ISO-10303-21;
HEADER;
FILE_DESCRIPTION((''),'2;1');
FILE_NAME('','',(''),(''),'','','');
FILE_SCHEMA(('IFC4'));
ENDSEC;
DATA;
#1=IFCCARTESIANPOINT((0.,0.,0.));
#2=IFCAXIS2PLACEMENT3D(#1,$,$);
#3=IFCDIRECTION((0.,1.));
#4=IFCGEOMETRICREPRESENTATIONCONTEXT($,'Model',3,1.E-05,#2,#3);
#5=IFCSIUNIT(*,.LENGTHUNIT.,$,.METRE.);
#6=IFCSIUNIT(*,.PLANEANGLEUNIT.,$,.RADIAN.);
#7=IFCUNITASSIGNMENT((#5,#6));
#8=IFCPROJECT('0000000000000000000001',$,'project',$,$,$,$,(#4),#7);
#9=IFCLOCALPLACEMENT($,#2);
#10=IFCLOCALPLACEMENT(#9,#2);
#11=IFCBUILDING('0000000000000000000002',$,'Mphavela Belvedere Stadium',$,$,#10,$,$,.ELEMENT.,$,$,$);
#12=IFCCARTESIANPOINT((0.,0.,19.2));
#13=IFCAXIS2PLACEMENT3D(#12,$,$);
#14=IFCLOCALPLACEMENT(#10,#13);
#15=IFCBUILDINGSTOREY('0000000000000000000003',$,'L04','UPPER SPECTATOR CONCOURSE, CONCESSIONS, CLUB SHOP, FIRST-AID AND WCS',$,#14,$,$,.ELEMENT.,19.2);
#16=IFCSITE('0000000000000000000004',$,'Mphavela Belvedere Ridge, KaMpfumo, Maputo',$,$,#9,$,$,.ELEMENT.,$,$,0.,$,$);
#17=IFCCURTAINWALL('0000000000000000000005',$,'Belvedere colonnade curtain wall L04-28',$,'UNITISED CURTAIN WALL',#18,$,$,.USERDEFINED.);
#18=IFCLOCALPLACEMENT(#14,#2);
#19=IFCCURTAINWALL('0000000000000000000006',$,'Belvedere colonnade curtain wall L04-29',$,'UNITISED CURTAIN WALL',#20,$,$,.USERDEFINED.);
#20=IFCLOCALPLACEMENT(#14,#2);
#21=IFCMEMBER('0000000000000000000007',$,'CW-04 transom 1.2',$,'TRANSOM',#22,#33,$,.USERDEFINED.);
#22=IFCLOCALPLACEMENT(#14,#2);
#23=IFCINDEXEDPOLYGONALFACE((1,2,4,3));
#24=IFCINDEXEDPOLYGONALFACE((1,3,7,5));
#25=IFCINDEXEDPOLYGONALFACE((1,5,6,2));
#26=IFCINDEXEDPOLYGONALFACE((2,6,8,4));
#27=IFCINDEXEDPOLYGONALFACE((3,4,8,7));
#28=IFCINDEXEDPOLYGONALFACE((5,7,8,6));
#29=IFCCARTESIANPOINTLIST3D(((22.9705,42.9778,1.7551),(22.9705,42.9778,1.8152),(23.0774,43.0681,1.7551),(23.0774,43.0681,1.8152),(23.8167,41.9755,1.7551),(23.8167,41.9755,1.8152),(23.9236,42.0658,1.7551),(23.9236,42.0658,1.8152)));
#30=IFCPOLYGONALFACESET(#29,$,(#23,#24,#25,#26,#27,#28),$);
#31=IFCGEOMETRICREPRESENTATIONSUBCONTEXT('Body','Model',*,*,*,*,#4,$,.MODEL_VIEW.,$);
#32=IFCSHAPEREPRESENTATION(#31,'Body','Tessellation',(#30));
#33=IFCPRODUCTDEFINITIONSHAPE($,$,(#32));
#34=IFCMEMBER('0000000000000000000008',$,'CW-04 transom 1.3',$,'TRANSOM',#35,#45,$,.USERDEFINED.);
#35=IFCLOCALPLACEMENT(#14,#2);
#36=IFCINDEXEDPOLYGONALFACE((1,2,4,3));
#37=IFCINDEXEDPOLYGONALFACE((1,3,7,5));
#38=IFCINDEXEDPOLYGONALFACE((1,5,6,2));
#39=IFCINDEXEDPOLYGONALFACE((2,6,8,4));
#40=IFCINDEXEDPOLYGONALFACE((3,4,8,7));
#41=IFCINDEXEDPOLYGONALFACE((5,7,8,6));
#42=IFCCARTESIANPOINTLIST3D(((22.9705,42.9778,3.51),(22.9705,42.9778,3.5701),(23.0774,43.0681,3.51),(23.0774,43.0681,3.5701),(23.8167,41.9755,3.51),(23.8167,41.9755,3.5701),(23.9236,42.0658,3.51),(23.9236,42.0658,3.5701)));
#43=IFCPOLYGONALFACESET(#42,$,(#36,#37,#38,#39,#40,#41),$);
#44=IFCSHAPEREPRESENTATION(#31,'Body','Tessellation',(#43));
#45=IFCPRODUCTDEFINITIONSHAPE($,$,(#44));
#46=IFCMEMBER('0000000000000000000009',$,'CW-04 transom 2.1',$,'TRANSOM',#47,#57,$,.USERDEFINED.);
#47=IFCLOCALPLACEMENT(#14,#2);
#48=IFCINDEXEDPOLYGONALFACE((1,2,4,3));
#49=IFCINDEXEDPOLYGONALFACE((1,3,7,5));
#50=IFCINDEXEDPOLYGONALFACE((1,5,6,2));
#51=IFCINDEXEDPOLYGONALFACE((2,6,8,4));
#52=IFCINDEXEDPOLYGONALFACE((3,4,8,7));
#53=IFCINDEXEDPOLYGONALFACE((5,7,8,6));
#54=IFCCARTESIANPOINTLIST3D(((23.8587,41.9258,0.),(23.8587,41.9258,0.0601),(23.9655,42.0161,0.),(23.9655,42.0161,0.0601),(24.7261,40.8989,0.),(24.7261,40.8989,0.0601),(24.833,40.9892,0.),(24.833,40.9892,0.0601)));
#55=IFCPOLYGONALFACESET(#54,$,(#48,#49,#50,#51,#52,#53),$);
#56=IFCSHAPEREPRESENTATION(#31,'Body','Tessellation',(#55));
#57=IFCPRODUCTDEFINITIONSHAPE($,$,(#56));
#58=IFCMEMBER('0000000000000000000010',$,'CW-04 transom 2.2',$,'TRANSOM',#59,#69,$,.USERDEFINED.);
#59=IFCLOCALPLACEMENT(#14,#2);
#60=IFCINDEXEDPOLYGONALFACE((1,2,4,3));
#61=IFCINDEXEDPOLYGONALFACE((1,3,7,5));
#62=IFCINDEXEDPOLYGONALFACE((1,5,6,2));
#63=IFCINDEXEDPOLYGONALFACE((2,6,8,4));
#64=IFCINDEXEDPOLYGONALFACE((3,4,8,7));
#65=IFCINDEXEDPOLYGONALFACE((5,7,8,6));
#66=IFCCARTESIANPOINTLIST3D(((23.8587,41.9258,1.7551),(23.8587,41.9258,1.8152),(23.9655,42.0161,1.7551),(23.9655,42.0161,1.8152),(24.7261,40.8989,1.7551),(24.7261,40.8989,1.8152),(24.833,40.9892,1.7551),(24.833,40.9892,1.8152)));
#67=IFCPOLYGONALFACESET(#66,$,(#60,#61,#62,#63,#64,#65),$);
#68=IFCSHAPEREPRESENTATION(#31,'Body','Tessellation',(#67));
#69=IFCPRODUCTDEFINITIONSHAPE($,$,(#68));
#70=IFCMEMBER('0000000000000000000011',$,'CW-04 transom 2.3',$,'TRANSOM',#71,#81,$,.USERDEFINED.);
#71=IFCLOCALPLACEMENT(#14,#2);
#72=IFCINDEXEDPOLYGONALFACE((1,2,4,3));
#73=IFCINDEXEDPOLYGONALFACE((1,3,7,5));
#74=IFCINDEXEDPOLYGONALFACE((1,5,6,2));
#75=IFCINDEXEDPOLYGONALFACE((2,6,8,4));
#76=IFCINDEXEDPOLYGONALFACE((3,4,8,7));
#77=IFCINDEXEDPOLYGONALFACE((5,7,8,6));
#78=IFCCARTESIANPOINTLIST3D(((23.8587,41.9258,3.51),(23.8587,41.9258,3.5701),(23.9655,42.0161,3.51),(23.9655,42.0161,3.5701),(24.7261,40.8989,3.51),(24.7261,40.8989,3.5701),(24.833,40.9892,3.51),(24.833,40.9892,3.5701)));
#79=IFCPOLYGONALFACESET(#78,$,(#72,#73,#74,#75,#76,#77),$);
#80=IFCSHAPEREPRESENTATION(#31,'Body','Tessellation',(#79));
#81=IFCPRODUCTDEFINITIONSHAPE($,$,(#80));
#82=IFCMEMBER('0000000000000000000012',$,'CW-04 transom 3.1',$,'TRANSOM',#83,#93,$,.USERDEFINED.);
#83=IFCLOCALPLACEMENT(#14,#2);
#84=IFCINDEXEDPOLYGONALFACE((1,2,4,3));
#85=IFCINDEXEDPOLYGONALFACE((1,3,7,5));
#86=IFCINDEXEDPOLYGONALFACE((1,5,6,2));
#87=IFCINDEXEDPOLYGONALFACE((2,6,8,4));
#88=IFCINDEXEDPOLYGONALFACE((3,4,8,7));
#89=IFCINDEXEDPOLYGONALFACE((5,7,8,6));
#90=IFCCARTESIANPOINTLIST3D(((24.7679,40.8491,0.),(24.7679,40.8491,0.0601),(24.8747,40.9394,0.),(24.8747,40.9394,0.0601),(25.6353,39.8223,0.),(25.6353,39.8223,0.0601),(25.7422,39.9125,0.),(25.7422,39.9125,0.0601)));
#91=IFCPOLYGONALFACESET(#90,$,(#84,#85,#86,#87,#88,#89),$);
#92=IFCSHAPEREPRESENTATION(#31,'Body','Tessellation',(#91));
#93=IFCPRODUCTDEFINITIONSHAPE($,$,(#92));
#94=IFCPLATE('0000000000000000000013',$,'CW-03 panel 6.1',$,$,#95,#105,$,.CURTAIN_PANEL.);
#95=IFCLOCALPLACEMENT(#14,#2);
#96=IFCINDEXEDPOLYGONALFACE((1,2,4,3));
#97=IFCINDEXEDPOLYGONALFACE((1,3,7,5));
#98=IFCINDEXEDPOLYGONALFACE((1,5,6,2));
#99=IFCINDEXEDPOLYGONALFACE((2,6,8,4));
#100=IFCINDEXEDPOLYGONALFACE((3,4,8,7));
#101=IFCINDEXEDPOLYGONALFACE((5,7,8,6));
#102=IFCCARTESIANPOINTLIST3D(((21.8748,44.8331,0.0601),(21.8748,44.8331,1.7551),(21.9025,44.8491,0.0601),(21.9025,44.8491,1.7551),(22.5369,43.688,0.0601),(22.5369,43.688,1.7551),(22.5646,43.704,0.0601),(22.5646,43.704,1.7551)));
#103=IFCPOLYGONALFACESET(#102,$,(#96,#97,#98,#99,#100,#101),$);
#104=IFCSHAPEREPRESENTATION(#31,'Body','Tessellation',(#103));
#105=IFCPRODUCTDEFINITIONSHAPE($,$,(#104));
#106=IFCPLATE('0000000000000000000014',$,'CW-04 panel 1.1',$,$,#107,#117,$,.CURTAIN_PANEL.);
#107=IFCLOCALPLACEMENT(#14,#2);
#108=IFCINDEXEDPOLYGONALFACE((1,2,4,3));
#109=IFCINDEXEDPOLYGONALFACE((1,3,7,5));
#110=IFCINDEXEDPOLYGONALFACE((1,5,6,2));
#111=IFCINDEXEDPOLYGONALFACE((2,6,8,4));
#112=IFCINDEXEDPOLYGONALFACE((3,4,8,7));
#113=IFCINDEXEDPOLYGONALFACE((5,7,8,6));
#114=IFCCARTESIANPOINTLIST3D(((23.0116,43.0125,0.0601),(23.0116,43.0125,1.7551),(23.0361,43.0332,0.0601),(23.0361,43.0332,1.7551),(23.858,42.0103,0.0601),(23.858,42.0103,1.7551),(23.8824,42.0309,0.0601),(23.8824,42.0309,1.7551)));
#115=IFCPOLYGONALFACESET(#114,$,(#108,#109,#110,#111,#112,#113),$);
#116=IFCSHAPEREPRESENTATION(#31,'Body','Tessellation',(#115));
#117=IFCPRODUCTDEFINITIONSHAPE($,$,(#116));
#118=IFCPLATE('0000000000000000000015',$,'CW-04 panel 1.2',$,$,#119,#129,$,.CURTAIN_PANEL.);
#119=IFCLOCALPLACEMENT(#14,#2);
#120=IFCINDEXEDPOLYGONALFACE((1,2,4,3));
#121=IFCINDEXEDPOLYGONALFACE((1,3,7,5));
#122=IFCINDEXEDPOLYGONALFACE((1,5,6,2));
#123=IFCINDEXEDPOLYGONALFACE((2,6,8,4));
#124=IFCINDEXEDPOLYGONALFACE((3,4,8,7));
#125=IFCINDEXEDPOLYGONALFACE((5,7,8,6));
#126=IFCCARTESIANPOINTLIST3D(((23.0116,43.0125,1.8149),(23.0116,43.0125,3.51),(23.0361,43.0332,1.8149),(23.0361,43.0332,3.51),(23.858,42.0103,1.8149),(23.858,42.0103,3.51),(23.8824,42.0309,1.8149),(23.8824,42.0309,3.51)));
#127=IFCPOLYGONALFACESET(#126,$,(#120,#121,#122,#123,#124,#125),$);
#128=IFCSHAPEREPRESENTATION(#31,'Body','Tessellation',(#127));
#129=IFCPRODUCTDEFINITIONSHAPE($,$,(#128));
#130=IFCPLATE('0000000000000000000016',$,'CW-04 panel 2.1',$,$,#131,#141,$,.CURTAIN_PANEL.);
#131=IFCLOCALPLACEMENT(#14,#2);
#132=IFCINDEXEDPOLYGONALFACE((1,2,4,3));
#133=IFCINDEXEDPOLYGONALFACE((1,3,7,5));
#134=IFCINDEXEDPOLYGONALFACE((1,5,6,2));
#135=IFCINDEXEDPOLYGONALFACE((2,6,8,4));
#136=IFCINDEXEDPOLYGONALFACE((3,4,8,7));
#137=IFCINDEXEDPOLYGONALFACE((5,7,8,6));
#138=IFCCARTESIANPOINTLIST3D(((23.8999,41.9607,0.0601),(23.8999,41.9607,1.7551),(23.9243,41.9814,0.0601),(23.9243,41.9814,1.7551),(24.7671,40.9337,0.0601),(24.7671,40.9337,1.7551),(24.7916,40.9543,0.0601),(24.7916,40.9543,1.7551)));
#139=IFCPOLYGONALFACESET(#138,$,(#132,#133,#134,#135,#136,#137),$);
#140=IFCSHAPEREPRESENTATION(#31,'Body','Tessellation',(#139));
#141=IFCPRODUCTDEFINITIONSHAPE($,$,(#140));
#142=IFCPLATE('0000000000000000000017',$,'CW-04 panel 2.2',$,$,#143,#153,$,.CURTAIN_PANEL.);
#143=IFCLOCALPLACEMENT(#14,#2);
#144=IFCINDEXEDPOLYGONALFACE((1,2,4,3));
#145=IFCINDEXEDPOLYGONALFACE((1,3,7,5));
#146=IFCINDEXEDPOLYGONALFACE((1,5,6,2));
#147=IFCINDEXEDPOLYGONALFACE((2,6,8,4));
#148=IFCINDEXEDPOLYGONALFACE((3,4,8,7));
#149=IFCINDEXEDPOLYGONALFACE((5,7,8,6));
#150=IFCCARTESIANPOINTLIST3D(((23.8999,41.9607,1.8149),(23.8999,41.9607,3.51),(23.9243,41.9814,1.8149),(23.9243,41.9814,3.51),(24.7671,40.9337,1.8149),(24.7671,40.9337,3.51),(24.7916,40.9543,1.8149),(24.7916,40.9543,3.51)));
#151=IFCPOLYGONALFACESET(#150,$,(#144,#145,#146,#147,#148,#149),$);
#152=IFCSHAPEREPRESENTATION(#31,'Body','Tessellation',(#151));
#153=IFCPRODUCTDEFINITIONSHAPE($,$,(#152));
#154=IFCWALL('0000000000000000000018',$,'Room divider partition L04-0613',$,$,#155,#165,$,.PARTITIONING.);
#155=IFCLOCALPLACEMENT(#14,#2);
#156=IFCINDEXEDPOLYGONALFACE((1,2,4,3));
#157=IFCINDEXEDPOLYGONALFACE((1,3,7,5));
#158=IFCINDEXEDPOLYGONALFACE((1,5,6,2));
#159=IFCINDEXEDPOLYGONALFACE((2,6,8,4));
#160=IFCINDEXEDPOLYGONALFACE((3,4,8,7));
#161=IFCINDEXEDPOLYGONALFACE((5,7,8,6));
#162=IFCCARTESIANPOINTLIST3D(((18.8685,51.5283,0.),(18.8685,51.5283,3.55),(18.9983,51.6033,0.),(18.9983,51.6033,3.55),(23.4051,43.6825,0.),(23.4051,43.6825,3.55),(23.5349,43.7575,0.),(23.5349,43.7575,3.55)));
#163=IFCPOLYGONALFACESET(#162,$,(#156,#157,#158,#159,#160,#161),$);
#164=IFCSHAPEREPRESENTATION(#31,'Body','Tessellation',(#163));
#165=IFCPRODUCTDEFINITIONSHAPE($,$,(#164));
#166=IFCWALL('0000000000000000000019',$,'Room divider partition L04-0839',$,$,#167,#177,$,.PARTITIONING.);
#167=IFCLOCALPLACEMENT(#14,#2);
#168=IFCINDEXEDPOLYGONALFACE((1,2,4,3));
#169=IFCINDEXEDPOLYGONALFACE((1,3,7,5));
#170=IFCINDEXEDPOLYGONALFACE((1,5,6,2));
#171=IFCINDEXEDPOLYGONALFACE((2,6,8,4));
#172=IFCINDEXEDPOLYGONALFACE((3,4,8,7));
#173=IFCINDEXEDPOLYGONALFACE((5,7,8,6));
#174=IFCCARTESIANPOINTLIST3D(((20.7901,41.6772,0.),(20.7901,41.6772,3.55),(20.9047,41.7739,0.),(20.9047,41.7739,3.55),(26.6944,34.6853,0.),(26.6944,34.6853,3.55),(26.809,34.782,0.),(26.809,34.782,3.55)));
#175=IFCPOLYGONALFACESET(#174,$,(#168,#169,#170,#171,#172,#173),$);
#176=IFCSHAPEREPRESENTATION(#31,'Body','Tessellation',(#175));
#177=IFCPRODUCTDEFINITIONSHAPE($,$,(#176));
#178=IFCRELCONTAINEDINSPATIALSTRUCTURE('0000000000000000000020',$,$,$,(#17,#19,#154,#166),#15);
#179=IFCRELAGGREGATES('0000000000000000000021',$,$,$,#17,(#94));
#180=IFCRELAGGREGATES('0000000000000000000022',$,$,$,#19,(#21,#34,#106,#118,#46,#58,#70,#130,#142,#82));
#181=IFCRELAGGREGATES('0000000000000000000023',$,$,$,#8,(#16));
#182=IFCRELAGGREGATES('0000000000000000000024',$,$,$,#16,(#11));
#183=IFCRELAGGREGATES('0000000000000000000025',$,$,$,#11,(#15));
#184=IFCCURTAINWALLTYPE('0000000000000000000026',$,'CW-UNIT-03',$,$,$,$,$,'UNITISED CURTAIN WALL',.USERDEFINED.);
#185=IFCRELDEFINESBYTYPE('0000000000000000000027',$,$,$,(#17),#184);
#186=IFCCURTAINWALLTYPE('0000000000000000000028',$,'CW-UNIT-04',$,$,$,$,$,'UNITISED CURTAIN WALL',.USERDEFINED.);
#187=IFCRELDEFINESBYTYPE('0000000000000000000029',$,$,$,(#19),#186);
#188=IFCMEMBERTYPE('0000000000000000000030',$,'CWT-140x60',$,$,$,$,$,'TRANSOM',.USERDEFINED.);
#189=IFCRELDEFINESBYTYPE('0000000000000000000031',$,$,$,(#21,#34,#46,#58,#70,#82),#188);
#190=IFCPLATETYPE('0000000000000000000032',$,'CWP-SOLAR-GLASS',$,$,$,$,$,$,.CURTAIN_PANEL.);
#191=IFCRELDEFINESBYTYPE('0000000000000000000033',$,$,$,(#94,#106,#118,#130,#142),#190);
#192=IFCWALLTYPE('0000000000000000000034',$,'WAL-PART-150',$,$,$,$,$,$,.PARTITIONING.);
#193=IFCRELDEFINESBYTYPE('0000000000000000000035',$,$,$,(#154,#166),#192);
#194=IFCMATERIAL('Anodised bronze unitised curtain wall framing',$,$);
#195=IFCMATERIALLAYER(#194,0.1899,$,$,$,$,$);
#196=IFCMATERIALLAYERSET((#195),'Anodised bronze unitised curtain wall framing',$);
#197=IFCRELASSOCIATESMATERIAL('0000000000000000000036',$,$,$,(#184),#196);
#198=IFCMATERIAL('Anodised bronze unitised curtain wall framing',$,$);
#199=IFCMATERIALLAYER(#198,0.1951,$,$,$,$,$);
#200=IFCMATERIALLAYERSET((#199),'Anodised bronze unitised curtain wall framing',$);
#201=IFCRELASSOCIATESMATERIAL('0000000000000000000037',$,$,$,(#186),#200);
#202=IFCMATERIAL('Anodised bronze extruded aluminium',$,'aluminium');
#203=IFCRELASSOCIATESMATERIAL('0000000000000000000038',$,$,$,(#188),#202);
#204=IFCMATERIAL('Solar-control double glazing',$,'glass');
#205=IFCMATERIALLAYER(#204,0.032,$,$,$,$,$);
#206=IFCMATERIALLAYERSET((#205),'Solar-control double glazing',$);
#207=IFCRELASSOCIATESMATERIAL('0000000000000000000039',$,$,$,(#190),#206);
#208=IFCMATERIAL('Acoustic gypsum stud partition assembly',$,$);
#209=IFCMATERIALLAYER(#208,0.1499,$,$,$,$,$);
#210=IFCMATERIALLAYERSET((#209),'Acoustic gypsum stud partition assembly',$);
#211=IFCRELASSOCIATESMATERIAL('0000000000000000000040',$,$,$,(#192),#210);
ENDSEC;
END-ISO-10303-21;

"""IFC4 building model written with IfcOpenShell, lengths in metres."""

from ifc_helpers import new_model, si_unit, direction, frame, frame_2d, origin, origin_2d, place, context, subcontext, project, spatial, rectangle, extrude, material, layer, layer_set, material_profile, profile_set, type_object, element, aggregate, save


model = new_model("IFC4")

# Units and contexts
model_context = context("Model", 3, precision=1e-05, world=origin(), true_north=direction((0.0, 1.0)))
body_context = subcontext(model_context, "Body", "Model", "MODEL_VIEW")
ifc_project = project(units=[si_unit("LENGTHUNIT", "METRE"), si_unit("PLANEANGLEUNIT", "RADIAN")], contexts=[model_context])

# Site, building, storey
site_placement = place(None, origin())
site = spatial("IfcSite", under=ifc_project, at=site_placement, Name="Mphavela Belvedere Ridge, KaMpfumo, Maputo", CompositionType="ELEMENT", RefElevation=0.0)
building_placement = place(site_placement, origin())
building = spatial("IfcBuilding", under=site, at=building_placement, Name="Mphavela Belvedere Stadium", CompositionType="ELEMENT")
storey_placement = place(building_placement, frame((0.0, 0.0, 19.2)))
storey = spatial("IfcBuildingStorey", under=building, at=storey_placement, Name="L04", Description="UPPER SPECTATOR CONCOURSE, CONCESSIONS, CLUB SHOP, FIRST-AID AND WCS", CompositionType="ELEMENT", Elevation=19.2)

# Curtain wall
ifc_material_1 = material(Name="Anodised bronze unitised curtain wall framing")
ifc_layer_1 = layer(ifc_material_1, 0.1899)
ifc_layer_set_1 = layer_set([ifc_layer_1], Name="Anodised bronze unitised curtain wall framing")
curtain_wall_type_1 = type_object("IfcCurtainWallType", Name="CW-UNIT-03", ElementType="UNITISED CURTAIN WALL", PredefinedType="USERDEFINED", material=ifc_layer_set_1)
curtain_wall_1_placement = place(storey_placement, origin())
curtain_wall_1 = element("IfcCurtainWall", 1, at=curtain_wall_1_placement, inside=storey, type_object=curtain_wall_type_1, Name="Belvedere colonnade curtain wall L04-28", ObjectType="UNITISED CURTAIN WALL", PredefinedType="USERDEFINED")

# Curtain wall, members
ifc_material_2 = material(Name="Anodised bronze unitised curtain wall framing")
ifc_layer_2 = layer(ifc_material_2, 0.1951)
ifc_layer_set_2 = layer_set([ifc_layer_2], Name="Anodised bronze unitised curtain wall framing")
curtain_wall_type_2 = type_object("IfcCurtainWallType", Name="CW-UNIT-04", ElementType="UNITISED CURTAIN WALL", PredefinedType="USERDEFINED", material=ifc_layer_set_2)
curtain_wall_2_placement = place(storey_placement, origin())
curtain_wall_2 = element("IfcCurtainWall", 2, at=curtain_wall_2_placement, inside=storey, type_object=curtain_wall_type_2, Name="Belvedere colonnade curtain wall L04-29", ObjectType="UNITISED CURTAIN WALL", PredefinedType="USERDEFINED")
ifc_material_3 = material(Name="Anodised bronze extruded aluminium", Category="aluminium")
ifc_material_profile_1 = material_profile(ifc_material_3, rectangle(XDim=0.1399, YDim=0.0601, at=origin_2d()), Name="CW-TRN 140x60")
ifc_profile_set_1 = profile_set([ifc_material_profile_1], Name="Anodised bronze extruded aluminium")
member_type_1 = type_object("IfcMemberType", Name="CWT-140x60", ElementType="TRANSOM", PredefinedType="USERDEFINED", material=ifc_profile_set_1)
member_1_placement = place(storey_placement, frame((23.0239, 43.0229, 1.7852), z_axis=(0.645133, -0.764071, 0.0), x_axis=(0.764071, 0.645133, 0.0)))
member_1 = element("IfcMember", 3, at=member_1_placement, type_object=member_type_1, Name="CW-04 transom 1.2", ObjectType="TRANSOM", PredefinedType="USERDEFINED", context=body_context, shape_type="SweptSolid", body=[
    extrude(rectangle(XDim=0.1399, YDim=0.0601, at=origin_2d()), origin(), (0.0, 0.0, 1.0), 1.3118),
])
member_2_placement = place(storey_placement, frame((23.0239, 43.0229, 3.54), z_axis=(0.645133, -0.764071, 0.0), x_axis=(0.764071, 0.645133, 0.0)))
member_2 = element("IfcMember", 4, at=member_2_placement, type_object=member_type_1, Name="CW-04 transom 1.3", ObjectType="TRANSOM", PredefinedType="USERDEFINED", context=body_context, shape_type="SweptSolid", body=[
    extrude(rectangle(XDim=0.1399, YDim=0.0601, at=origin_2d()), origin(), (0.0, 0.0, 1.0), 1.3118),
])
member_3_placement = place(storey_placement, frame((23.9121, 41.9709, 0.03), z_axis=(0.645315, -0.763916, 0.0), x_axis=(0.763916, 0.645315, 0.0)))
member_3 = element("IfcMember", 5, at=member_3_placement, type_object=member_type_1, Name="CW-04 transom 2.1", ObjectType="TRANSOM", PredefinedType="USERDEFINED", context=body_context, shape_type="SweptSolid", body=[
    extrude(rectangle(XDim=0.1399, YDim=0.0601, at=origin_2d()), origin(), (0.0, 0.0, 1.0), 1.3442),
])
member_4_placement = place(storey_placement, frame((23.9121, 41.9709, 1.7852), z_axis=(0.645315, -0.763916, 0.0), x_axis=(0.763916, 0.645315, 0.0)))
member_4 = element("IfcMember", 6, at=member_4_placement, type_object=member_type_1, Name="CW-04 transom 2.2", ObjectType="TRANSOM", PredefinedType="USERDEFINED", context=body_context, shape_type="SweptSolid", body=[
    extrude(rectangle(XDim=0.1399, YDim=0.0601, at=origin_2d()), origin(), (0.0, 0.0, 1.0), 1.3442),
])
member_5_placement = place(storey_placement, frame((23.9121, 41.9709, 3.54), z_axis=(0.645315, -0.763916, 0.0), x_axis=(0.763916, 0.645315, 0.0)))
member_5 = element("IfcMember", 7, at=member_5_placement, type_object=member_type_1, Name="CW-04 transom 2.3", ObjectType="TRANSOM", PredefinedType="USERDEFINED", context=body_context, shape_type="SweptSolid", body=[
    extrude(rectangle(XDim=0.1399, YDim=0.0601, at=origin_2d()), origin(), (0.0, 0.0, 1.0), 1.3442),
])
member_6_placement = place(storey_placement, frame((24.8213, 40.8943, 0.03), z_axis=(0.645315, -0.763916, 0.0), x_axis=(0.763916, 0.645315, 0.0)))
member_6 = element("IfcMember", 8, at=member_6_placement, type_object=member_type_1, Name="CW-04 transom 3.1", ObjectType="TRANSOM", PredefinedType="USERDEFINED", context=body_context, shape_type="SweptSolid", body=[
    extrude(rectangle(XDim=0.1399, YDim=0.0601, at=origin_2d()), origin(), (0.0, 0.0, 1.0), 1.3442),
])

# Plates
ifc_material_4 = material(Name="Solar-control double glazing", Category="glass")
ifc_layer_3 = layer(ifc_material_4, 0.032)
ifc_layer_set_3 = layer_set([ifc_layer_3], Name="Solar-control double glazing")
plate_type = type_object("IfcPlateType", Name="CWP-SOLAR-GLASS", PredefinedType="CURTAIN_PANEL", material=ifc_layer_set_3)
plate_1_placement = place(storey_placement, frame((22.2197, 44.2686, 0.0601), z_axis=(0.0, 0.0, 1.0), x_axis=(0.500556, -0.865704, 0.0)))
plate_1 = element("IfcPlate", 9, at=plate_1_placement, type_object=plate_type, Name="CW-03 panel 6.1", PredefinedType="CURTAIN_PANEL", context=body_context, shape_type="SweptSolid", body=[
    extrude(rectangle(XDim=1.3228, YDim=0.032, at=origin_2d()), origin(), (0.0, 0.0, 1.0), 1.6951),
])
aggregate(curtain_wall_1, [plate_1])
plate_2_placement = place(storey_placement, frame((23.447, 42.5217, 0.0601), z_axis=(0.0, 0.0, 1.0), x_axis=(0.645175, -0.764035, 0.0)))
plate_2 = element("IfcPlate", 10, at=plate_2_placement, type_object=plate_type, Name="CW-04 panel 1.1", PredefinedType="CURTAIN_PANEL", context=body_context, shape_type="SweptSolid", body=[
    extrude(rectangle(XDim=1.3118, YDim=0.032, at=origin_2d()), origin(), (0.0, 0.0, 1.0), 1.6951),
])
plate_3_placement = place(storey_placement, frame((23.447, 42.5217, 1.8149), z_axis=(0.0, 0.0, 1.0), x_axis=(0.645175, -0.764035, 0.0)))
plate_3 = element("IfcPlate", 11, at=plate_3_placement, type_object=plate_type, Name="CW-04 panel 1.2", PredefinedType="CURTAIN_PANEL", context=body_context, shape_type="SweptSolid", body=[
    extrude(rectangle(XDim=1.3118, YDim=0.032, at=origin_2d()), origin(), (0.0, 0.0, 1.0), 1.6951),
])
plate_4_placement = place(storey_placement, frame((24.3457, 41.4575, 0.0601), z_axis=(0.0, 0.0, 1.0), x_axis=(0.645175, -0.764035, 0.0)))
plate_4 = element("IfcPlate", 12, at=plate_4_placement, type_object=plate_type, Name="CW-04 panel 2.1", PredefinedType="CURTAIN_PANEL", context=body_context, shape_type="SweptSolid", body=[
    extrude(rectangle(XDim=1.3442, YDim=0.032, at=origin_2d()), origin(), (0.0, 0.0, 1.0), 1.6951),
])
plate_5_placement = place(storey_placement, frame((24.3457, 41.4575, 1.8149), z_axis=(0.0, 0.0, 1.0), x_axis=(0.645175, -0.764035, 0.0)))
plate_5 = element("IfcPlate", 13, at=plate_5_placement, type_object=plate_type, Name="CW-04 panel 2.2", PredefinedType="CURTAIN_PANEL", context=body_context, shape_type="SweptSolid", body=[
    extrude(rectangle(XDim=1.3442, YDim=0.032, at=origin_2d()), origin(), (0.0, 0.0, 1.0), 1.6951),
])
aggregate(curtain_wall_2, [member_1, member_2, plate_2, plate_3, member_3, member_4, member_5, plate_4, plate_5, member_6])

# Walls
ifc_material_5 = material(Name="Acoustic gypsum stud partition assembly")
ifc_layer_4 = layer(ifc_material_5, 0.1499)
ifc_layer_set_4 = layer_set([ifc_layer_4], Name="Acoustic gypsum stud partition assembly")
wall_type = type_object("IfcWallType", Name="WAL-PART-150", PredefinedType="PARTITIONING", material=ifc_layer_set_4)
wall_1_placement = place(storey_placement, frame((23.47, 43.72, 0.0), z_axis=(0.0, 0.0, 1.0), x_axis=(-0.500559, 0.865702, 0.0)))
element("IfcWall", 14, at=wall_1_placement, inside=storey, type_object=wall_type, Name="Room divider partition L04-0613", PredefinedType="PARTITIONING", context=body_context, shape_type="SweptSolid", body=[
    extrude(rectangle(XDim=9.063, YDim=0.1499, at=frame_2d((4.5315, 0.0))), origin(), (0.0, 0.0, 1.0), 3.55),
])
wall_2_placement = place(storey_placement, frame((20.8474, 41.7256, 0.0), z_axis=(0.0, 0.0, 1.0), x_axis=(0.64518, -0.764031, 0.0)))
element("IfcWall", 15, at=wall_2_placement, inside=storey, type_object=wall_type, Name="Room divider partition L04-0839", PredefinedType="PARTITIONING", context=body_context, shape_type="SweptSolid", body=[
    extrude(rectangle(XDim=9.1514, YDim=0.1499, at=frame_2d((4.5757, 0.0))), origin(), (0.0, 0.0, 1.0), 3.55),
])

save(model, "model.ifc")
